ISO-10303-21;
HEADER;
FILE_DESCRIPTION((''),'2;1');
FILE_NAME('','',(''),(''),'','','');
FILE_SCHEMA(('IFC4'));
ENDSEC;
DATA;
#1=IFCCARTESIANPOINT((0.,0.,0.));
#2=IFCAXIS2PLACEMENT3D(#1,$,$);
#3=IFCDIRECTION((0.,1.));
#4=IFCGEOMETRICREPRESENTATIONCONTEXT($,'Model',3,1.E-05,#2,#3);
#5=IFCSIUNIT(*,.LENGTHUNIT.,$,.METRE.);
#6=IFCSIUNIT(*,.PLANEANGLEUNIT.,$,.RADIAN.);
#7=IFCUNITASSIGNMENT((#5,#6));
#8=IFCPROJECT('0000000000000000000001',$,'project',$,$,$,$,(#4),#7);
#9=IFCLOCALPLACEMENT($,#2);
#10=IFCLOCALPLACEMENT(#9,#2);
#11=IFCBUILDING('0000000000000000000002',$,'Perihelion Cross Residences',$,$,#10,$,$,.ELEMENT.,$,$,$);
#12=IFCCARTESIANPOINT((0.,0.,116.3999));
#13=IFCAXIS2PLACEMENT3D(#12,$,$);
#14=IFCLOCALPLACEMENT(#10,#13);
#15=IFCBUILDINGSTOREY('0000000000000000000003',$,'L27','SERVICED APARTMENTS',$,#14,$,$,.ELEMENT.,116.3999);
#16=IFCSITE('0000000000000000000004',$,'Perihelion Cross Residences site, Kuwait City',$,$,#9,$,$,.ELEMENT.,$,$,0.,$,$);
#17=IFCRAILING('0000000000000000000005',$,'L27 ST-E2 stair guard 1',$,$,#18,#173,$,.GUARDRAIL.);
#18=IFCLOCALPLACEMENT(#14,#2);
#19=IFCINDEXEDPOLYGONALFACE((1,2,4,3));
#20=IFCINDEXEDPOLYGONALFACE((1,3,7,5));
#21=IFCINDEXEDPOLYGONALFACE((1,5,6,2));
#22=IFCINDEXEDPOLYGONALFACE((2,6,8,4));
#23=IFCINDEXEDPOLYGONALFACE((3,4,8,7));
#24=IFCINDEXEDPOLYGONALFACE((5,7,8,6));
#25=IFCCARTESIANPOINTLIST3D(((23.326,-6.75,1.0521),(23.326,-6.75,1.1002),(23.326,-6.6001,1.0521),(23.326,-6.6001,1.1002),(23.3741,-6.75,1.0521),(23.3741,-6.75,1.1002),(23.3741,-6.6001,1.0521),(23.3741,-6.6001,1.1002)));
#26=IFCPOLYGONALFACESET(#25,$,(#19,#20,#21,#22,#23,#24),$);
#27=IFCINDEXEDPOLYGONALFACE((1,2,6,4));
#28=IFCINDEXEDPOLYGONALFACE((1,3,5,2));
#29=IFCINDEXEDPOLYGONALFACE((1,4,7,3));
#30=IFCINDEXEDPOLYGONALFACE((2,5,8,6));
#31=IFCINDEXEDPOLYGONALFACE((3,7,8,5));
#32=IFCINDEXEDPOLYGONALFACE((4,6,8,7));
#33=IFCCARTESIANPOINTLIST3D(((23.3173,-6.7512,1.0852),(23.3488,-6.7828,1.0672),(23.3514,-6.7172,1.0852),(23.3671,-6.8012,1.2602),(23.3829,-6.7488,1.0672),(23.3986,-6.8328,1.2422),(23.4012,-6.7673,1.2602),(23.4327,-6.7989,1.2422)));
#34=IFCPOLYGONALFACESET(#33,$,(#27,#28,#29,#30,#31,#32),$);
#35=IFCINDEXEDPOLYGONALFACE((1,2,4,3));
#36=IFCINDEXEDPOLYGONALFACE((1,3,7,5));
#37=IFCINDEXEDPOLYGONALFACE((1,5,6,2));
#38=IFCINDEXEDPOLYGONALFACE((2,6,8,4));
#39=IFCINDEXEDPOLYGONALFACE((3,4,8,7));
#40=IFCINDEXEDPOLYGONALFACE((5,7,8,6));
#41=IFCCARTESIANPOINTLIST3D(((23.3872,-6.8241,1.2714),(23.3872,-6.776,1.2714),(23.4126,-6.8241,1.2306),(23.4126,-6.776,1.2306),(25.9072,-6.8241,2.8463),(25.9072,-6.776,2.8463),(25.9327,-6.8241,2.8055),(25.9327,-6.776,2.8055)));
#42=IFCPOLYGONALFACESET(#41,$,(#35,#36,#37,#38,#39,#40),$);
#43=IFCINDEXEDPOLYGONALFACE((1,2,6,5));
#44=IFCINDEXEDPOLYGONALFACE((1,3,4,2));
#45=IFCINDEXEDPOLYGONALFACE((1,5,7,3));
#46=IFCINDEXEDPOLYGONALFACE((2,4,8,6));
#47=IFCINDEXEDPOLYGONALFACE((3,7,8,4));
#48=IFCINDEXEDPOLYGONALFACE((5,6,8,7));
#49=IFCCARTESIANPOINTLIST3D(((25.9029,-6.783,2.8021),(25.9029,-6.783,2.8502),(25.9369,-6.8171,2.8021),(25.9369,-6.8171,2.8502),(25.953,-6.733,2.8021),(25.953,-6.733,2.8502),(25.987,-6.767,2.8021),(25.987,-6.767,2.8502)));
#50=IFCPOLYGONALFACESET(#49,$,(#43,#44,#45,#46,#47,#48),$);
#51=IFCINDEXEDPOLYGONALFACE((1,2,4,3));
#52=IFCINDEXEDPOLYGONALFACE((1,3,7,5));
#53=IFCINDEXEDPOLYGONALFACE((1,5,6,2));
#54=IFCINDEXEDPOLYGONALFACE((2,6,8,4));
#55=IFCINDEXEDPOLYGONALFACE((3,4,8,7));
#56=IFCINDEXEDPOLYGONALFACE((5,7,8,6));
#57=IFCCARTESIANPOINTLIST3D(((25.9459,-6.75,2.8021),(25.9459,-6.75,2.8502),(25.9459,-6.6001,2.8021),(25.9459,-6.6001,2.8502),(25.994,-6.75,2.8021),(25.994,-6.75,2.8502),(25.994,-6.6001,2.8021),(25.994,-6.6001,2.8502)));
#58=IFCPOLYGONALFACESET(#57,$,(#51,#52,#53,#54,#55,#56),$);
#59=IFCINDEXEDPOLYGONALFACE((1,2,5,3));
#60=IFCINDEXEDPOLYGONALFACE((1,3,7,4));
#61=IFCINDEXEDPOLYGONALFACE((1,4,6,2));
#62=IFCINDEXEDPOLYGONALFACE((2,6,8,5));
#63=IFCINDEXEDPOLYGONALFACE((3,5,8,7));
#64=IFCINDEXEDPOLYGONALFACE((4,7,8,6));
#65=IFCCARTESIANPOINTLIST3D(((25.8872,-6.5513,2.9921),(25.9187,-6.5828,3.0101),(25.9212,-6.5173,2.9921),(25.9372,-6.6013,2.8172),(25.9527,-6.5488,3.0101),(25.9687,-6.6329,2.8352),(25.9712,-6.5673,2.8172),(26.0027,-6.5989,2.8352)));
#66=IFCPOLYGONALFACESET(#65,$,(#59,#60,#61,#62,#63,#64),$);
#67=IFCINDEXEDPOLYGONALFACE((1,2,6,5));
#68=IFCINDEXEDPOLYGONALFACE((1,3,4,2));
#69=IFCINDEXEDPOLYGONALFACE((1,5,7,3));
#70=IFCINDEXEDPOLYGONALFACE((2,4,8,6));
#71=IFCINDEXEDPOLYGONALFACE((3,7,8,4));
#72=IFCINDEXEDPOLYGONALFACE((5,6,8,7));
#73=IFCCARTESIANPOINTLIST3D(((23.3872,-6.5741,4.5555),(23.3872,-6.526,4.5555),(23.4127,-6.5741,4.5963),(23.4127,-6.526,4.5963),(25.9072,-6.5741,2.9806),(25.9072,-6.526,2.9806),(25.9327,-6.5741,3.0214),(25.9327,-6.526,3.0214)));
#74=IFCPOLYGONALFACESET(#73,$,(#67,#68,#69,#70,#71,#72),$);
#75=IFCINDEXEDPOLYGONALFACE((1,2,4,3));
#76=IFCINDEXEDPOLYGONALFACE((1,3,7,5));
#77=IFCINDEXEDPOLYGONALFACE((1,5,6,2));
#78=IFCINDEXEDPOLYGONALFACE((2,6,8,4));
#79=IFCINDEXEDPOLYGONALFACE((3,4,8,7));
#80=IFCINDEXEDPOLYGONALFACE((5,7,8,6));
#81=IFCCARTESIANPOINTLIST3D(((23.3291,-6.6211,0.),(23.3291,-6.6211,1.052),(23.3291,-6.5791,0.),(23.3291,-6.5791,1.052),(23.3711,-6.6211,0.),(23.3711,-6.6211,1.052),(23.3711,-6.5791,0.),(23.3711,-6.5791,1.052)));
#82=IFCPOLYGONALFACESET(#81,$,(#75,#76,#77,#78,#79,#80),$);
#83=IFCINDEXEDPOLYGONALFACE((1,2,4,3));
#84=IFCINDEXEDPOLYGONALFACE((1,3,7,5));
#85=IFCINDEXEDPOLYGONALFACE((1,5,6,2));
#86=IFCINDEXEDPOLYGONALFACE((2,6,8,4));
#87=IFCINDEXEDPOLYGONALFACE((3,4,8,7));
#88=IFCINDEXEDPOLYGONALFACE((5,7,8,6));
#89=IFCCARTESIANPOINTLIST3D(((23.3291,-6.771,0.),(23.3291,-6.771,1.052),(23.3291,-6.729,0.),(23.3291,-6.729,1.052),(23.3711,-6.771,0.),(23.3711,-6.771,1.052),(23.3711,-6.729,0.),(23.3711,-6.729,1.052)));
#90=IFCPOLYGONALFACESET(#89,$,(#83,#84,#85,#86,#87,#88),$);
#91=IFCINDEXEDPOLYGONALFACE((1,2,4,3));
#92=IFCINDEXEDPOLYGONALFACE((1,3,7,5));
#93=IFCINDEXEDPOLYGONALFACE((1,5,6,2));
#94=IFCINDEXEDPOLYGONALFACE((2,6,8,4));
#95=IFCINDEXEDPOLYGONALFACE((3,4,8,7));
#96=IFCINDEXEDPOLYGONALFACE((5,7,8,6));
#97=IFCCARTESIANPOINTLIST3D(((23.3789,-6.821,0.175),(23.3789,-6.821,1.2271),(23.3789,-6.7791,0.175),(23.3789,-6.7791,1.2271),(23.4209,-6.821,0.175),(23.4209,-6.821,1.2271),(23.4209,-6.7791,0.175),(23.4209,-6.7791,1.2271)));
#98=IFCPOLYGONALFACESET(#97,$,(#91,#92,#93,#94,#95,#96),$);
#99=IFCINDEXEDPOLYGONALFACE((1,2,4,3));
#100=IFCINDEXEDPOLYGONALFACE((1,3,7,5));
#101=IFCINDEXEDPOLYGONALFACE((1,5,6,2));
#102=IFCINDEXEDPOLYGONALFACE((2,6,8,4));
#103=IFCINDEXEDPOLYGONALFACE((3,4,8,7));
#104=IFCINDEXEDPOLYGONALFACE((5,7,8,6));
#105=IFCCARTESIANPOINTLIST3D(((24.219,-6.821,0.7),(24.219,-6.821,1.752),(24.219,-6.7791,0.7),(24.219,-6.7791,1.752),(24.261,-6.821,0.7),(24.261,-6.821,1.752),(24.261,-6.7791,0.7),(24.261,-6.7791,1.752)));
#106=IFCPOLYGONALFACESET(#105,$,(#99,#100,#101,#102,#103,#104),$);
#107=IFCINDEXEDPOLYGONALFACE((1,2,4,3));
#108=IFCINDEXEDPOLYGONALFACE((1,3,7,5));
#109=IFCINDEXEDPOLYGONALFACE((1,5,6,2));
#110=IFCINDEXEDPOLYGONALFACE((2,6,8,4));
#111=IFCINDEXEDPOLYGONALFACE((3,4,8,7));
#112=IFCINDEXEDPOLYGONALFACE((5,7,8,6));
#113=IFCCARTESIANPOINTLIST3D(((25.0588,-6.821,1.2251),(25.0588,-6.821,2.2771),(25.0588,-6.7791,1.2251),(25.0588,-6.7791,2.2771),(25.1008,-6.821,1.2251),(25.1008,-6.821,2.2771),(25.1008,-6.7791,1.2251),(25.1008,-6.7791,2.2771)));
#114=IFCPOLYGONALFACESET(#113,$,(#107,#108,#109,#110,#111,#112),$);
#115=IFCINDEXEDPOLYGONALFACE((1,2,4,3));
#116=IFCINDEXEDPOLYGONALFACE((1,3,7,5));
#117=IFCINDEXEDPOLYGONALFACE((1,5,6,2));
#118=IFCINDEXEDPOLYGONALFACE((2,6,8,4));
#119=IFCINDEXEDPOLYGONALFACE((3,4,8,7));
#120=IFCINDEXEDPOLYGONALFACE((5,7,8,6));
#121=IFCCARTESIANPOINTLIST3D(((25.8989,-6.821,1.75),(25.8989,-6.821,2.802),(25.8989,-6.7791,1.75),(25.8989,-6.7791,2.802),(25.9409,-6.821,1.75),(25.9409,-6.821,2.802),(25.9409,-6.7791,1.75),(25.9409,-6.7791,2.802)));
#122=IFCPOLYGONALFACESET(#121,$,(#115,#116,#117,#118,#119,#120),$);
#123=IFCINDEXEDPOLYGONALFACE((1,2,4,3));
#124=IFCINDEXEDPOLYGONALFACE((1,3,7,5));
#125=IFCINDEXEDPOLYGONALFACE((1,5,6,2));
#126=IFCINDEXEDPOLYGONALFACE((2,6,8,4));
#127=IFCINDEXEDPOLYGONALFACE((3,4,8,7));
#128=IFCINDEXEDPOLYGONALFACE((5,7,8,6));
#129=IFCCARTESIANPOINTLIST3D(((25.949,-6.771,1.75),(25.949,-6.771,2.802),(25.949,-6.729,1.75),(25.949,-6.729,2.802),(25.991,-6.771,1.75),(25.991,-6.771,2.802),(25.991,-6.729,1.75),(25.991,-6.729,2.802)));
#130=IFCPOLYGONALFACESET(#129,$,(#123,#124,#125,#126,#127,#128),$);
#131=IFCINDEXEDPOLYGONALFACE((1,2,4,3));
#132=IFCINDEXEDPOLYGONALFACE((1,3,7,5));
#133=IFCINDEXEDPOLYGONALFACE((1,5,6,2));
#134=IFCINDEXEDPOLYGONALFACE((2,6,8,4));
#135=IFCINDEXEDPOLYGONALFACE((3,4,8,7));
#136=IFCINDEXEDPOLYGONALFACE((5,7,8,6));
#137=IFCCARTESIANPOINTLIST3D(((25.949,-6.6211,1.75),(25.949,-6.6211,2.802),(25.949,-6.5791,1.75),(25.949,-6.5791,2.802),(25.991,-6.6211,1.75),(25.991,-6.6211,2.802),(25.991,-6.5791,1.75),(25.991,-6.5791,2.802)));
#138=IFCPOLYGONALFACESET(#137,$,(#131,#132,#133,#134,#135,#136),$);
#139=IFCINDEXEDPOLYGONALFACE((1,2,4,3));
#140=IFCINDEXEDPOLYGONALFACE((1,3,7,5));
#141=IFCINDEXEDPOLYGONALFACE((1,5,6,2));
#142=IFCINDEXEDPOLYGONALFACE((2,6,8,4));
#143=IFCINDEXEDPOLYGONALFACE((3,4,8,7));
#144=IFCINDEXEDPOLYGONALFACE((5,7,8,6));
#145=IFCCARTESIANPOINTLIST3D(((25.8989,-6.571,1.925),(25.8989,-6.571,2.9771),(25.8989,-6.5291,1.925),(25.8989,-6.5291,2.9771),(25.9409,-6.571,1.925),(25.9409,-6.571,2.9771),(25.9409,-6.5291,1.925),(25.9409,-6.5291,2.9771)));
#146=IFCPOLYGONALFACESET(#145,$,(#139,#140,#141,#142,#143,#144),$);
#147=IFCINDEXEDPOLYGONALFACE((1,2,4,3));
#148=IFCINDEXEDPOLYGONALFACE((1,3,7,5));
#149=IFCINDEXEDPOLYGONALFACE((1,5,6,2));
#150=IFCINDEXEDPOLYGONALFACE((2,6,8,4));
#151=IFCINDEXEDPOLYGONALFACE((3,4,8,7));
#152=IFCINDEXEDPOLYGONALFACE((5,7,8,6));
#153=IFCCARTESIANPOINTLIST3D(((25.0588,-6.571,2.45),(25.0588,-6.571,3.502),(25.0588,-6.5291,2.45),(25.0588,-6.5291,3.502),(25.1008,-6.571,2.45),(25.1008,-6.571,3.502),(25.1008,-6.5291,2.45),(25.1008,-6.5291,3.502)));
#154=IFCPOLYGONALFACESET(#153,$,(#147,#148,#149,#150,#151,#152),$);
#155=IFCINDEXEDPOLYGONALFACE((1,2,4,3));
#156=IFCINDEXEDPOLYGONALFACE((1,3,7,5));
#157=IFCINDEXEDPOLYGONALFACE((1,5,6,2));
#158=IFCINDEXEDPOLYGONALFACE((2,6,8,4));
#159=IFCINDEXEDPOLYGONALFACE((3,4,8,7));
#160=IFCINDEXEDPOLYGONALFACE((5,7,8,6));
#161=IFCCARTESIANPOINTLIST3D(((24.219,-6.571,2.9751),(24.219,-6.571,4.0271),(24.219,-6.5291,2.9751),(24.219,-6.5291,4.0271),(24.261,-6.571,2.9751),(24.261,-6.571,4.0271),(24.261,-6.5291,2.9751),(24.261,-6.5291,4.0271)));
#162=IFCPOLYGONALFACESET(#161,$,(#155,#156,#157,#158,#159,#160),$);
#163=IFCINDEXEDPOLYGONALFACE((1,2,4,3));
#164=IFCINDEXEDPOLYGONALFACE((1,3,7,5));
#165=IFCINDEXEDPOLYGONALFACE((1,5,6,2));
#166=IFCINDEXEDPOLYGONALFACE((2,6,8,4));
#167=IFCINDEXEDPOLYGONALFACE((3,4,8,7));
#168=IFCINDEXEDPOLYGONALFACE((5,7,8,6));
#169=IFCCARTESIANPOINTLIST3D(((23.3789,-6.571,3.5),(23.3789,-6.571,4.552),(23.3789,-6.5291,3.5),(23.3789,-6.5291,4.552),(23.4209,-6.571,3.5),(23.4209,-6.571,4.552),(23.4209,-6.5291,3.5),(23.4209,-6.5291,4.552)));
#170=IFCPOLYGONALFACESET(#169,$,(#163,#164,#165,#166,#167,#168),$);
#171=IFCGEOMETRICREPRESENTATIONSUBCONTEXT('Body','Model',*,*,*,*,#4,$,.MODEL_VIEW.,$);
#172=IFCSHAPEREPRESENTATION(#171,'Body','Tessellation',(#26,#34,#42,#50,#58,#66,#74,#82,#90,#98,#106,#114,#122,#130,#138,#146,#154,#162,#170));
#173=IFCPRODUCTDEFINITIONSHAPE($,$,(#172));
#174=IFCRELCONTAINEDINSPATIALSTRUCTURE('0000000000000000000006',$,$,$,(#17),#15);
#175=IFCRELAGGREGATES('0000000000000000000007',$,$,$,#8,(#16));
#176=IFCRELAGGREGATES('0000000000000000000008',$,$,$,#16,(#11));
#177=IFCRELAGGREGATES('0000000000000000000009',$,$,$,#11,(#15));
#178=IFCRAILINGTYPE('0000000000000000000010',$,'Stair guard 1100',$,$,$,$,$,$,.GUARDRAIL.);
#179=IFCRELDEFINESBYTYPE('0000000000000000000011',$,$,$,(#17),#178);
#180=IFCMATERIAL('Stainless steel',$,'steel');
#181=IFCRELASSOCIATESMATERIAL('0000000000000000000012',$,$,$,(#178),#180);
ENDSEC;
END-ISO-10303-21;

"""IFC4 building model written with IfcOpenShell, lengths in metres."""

from ifc_helpers import new_model, si_unit, direction, frame, origin, origin_2d, place, context, subcontext, project, spatial, rectangle, extrude, material, type_object, element, save


model = new_model("IFC4")

# Units and contexts
model_context = context("Model", 3, precision=1e-05, world=origin(), true_north=direction((0.0, 1.0)))
body_context = subcontext(model_context, "Body", "Model", "MODEL_VIEW")
ifc_project = project(units=[si_unit("LENGTHUNIT", "METRE"), si_unit("PLANEANGLEUNIT", "RADIAN")], contexts=[model_context])

# Site, building, storey
site_placement = place(None, origin())
site = spatial("IfcSite", under=ifc_project, at=site_placement, Name="Perihelion Cross Residences site, Kuwait City", CompositionType="ELEMENT", RefElevation=0.0)
building_placement = place(site_placement, origin())
building = spatial("IfcBuilding", under=site, at=building_placement, Name="Perihelion Cross Residences", CompositionType="ELEMENT")
storey_placement = place(building_placement, frame((0.0, 0.0, 116.3999)))
storey = spatial("IfcBuildingStorey", under=building, at=storey_placement, Name="L27", Description="SERVICED APARTMENTS", CompositionType="ELEMENT", Elevation=116.3999)

# Railing
ifc_material_1 = material(Name="Stainless steel", Category="steel")
railing_type_1 = type_object("IfcRailingType", Name="Stair guard 1100", PredefinedType="GUARDRAIL", material=ifc_material_1)
railing_1_placement = place(storey_placement, frame((23.3501, -6.6001, 0.0)))
element("IfcRailing", 1, at=railing_1_placement, inside=storey, type_object=railing_type_1, Name="L27 ST-E2 stair guard 1", PredefinedType="GUARDRAIL", context=body_context, shape_type="SweptSolid", body=[
    extrude(rectangle(XDim=0.0481, YDim=0.0481, at=origin_2d()), frame((0.0, 0.0, 1.0762), z_axis=(0.0, -1.0, 0.0), x_axis=(1.0, 0.0, 0.0)), (0.0, 0.0, 1.0), 0.1499),
    extrude(rectangle(XDim=0.0481, YDim=0.0481, at=origin_2d()), frame((0.0, -0.1499, 1.0762), z_axis=(0.263862, -0.265156, 0.927399), x_axis=(0.708834, 0.705376, 0.0)), (0.0, 0.0, 1.0), 0.1887),
    extrude(rectangle(XDim=0.0481, YDim=0.0481, at=origin_2d()), frame((0.0498, -0.2, 1.251), z_axis=(0.848008, 0.0, 0.529984), x_axis=(0.0, 1.0, 0.0)), (0.0, 0.0, 1.0), 2.9717),
    extrude(rectangle(XDim=0.0481, YDim=0.0481, at=origin_2d()), frame((2.5698, -0.2, 2.8262), z_axis=(0.707107, 0.707107, 0.0), x_axis=(-0.707107, 0.707107, 0.0)), (0.0, 0.0, 1.0), 0.0708),
    extrude(rectangle(XDim=0.0481, YDim=0.0481, at=origin_2d()), frame((2.6199, -0.1499, 2.8262), z_axis=(0.0, 1.0, 0.0), x_axis=(-1.0, 0.0, 0.0)), (0.0, 0.0, 1.0), 0.1499),
    extrude(rectangle(XDim=0.0481, YDim=0.0481, at=origin_2d()), frame((2.6199, 0.0, 2.8262), z_axis=(-0.265065, 0.265065, 0.927082), x_axis=(-0.707107, -0.707107, 0.0)), (0.0, 0.0, 1.0), 0.1887),
    extrude(rectangle(XDim=0.0481, YDim=0.0481, at=origin_2d()), frame((2.5698, 0.05, 3.001), z_axis=(-0.848008, 0.0, 0.529984), x_axis=(0.0, -1.0, 0.0)), (0.0, 0.0, 1.0), 2.9717),
    extrude(rectangle(XDim=0.042, YDim=0.042, at=origin_2d()), origin(), (0.0, 0.0, 1.0), 1.052),
    extrude(rectangle(XDim=0.042, YDim=0.042, at=origin_2d()), frame((0.0, -0.1499, 0.0)), (0.0, 0.0, 1.0), 1.052),
    extrude(rectangle(XDim=0.042, YDim=0.042, at=origin_2d()), frame((0.0498, -0.2, 0.175)), (0.0, 0.0, 1.0), 1.052),
    extrude(rectangle(XDim=0.042, YDim=0.042, at=origin_2d()), frame((0.8899, -0.2, 0.7)), (0.0, 0.0, 1.0), 1.052),
    extrude(rectangle(XDim=0.042, YDim=0.042, at=origin_2d()), frame((1.7297, -0.2, 1.2251)), (0.0, 0.0, 1.0), 1.052),
    extrude(rectangle(XDim=0.042, YDim=0.042, at=origin_2d()), frame((2.5698, -0.2, 1.75)), (0.0, 0.0, 1.0), 1.052),
    extrude(rectangle(XDim=0.042, YDim=0.042, at=origin_2d()), frame((2.6199, -0.1499, 1.75)), (0.0, 0.0, 1.0), 1.052),
    extrude(rectangle(XDim=0.042, YDim=0.042, at=origin_2d()), frame((2.6199, 0.0, 1.75)), (0.0, 0.0, 1.0), 1.052),
    extrude(rectangle(XDim=0.042, YDim=0.042, at=origin_2d()), frame((2.5698, 0.05, 1.925)), (0.0, 0.0, 1.0), 1.052),
    extrude(rectangle(XDim=0.042, YDim=0.042, at=origin_2d()), frame((1.7297, 0.05, 2.45)), (0.0, 0.0, 1.0), 1.052),
    extrude(rectangle(XDim=0.042, YDim=0.042, at=origin_2d()), frame((0.8899, 0.05, 2.9751)), (0.0, 0.0, 1.0), 1.052),
    extrude(rectangle(XDim=0.042, YDim=0.042, at=origin_2d()), frame((0.0498, 0.05, 3.5)), (0.0, 0.0, 1.0), 1.052),
])

save(model, "model.ifc")
